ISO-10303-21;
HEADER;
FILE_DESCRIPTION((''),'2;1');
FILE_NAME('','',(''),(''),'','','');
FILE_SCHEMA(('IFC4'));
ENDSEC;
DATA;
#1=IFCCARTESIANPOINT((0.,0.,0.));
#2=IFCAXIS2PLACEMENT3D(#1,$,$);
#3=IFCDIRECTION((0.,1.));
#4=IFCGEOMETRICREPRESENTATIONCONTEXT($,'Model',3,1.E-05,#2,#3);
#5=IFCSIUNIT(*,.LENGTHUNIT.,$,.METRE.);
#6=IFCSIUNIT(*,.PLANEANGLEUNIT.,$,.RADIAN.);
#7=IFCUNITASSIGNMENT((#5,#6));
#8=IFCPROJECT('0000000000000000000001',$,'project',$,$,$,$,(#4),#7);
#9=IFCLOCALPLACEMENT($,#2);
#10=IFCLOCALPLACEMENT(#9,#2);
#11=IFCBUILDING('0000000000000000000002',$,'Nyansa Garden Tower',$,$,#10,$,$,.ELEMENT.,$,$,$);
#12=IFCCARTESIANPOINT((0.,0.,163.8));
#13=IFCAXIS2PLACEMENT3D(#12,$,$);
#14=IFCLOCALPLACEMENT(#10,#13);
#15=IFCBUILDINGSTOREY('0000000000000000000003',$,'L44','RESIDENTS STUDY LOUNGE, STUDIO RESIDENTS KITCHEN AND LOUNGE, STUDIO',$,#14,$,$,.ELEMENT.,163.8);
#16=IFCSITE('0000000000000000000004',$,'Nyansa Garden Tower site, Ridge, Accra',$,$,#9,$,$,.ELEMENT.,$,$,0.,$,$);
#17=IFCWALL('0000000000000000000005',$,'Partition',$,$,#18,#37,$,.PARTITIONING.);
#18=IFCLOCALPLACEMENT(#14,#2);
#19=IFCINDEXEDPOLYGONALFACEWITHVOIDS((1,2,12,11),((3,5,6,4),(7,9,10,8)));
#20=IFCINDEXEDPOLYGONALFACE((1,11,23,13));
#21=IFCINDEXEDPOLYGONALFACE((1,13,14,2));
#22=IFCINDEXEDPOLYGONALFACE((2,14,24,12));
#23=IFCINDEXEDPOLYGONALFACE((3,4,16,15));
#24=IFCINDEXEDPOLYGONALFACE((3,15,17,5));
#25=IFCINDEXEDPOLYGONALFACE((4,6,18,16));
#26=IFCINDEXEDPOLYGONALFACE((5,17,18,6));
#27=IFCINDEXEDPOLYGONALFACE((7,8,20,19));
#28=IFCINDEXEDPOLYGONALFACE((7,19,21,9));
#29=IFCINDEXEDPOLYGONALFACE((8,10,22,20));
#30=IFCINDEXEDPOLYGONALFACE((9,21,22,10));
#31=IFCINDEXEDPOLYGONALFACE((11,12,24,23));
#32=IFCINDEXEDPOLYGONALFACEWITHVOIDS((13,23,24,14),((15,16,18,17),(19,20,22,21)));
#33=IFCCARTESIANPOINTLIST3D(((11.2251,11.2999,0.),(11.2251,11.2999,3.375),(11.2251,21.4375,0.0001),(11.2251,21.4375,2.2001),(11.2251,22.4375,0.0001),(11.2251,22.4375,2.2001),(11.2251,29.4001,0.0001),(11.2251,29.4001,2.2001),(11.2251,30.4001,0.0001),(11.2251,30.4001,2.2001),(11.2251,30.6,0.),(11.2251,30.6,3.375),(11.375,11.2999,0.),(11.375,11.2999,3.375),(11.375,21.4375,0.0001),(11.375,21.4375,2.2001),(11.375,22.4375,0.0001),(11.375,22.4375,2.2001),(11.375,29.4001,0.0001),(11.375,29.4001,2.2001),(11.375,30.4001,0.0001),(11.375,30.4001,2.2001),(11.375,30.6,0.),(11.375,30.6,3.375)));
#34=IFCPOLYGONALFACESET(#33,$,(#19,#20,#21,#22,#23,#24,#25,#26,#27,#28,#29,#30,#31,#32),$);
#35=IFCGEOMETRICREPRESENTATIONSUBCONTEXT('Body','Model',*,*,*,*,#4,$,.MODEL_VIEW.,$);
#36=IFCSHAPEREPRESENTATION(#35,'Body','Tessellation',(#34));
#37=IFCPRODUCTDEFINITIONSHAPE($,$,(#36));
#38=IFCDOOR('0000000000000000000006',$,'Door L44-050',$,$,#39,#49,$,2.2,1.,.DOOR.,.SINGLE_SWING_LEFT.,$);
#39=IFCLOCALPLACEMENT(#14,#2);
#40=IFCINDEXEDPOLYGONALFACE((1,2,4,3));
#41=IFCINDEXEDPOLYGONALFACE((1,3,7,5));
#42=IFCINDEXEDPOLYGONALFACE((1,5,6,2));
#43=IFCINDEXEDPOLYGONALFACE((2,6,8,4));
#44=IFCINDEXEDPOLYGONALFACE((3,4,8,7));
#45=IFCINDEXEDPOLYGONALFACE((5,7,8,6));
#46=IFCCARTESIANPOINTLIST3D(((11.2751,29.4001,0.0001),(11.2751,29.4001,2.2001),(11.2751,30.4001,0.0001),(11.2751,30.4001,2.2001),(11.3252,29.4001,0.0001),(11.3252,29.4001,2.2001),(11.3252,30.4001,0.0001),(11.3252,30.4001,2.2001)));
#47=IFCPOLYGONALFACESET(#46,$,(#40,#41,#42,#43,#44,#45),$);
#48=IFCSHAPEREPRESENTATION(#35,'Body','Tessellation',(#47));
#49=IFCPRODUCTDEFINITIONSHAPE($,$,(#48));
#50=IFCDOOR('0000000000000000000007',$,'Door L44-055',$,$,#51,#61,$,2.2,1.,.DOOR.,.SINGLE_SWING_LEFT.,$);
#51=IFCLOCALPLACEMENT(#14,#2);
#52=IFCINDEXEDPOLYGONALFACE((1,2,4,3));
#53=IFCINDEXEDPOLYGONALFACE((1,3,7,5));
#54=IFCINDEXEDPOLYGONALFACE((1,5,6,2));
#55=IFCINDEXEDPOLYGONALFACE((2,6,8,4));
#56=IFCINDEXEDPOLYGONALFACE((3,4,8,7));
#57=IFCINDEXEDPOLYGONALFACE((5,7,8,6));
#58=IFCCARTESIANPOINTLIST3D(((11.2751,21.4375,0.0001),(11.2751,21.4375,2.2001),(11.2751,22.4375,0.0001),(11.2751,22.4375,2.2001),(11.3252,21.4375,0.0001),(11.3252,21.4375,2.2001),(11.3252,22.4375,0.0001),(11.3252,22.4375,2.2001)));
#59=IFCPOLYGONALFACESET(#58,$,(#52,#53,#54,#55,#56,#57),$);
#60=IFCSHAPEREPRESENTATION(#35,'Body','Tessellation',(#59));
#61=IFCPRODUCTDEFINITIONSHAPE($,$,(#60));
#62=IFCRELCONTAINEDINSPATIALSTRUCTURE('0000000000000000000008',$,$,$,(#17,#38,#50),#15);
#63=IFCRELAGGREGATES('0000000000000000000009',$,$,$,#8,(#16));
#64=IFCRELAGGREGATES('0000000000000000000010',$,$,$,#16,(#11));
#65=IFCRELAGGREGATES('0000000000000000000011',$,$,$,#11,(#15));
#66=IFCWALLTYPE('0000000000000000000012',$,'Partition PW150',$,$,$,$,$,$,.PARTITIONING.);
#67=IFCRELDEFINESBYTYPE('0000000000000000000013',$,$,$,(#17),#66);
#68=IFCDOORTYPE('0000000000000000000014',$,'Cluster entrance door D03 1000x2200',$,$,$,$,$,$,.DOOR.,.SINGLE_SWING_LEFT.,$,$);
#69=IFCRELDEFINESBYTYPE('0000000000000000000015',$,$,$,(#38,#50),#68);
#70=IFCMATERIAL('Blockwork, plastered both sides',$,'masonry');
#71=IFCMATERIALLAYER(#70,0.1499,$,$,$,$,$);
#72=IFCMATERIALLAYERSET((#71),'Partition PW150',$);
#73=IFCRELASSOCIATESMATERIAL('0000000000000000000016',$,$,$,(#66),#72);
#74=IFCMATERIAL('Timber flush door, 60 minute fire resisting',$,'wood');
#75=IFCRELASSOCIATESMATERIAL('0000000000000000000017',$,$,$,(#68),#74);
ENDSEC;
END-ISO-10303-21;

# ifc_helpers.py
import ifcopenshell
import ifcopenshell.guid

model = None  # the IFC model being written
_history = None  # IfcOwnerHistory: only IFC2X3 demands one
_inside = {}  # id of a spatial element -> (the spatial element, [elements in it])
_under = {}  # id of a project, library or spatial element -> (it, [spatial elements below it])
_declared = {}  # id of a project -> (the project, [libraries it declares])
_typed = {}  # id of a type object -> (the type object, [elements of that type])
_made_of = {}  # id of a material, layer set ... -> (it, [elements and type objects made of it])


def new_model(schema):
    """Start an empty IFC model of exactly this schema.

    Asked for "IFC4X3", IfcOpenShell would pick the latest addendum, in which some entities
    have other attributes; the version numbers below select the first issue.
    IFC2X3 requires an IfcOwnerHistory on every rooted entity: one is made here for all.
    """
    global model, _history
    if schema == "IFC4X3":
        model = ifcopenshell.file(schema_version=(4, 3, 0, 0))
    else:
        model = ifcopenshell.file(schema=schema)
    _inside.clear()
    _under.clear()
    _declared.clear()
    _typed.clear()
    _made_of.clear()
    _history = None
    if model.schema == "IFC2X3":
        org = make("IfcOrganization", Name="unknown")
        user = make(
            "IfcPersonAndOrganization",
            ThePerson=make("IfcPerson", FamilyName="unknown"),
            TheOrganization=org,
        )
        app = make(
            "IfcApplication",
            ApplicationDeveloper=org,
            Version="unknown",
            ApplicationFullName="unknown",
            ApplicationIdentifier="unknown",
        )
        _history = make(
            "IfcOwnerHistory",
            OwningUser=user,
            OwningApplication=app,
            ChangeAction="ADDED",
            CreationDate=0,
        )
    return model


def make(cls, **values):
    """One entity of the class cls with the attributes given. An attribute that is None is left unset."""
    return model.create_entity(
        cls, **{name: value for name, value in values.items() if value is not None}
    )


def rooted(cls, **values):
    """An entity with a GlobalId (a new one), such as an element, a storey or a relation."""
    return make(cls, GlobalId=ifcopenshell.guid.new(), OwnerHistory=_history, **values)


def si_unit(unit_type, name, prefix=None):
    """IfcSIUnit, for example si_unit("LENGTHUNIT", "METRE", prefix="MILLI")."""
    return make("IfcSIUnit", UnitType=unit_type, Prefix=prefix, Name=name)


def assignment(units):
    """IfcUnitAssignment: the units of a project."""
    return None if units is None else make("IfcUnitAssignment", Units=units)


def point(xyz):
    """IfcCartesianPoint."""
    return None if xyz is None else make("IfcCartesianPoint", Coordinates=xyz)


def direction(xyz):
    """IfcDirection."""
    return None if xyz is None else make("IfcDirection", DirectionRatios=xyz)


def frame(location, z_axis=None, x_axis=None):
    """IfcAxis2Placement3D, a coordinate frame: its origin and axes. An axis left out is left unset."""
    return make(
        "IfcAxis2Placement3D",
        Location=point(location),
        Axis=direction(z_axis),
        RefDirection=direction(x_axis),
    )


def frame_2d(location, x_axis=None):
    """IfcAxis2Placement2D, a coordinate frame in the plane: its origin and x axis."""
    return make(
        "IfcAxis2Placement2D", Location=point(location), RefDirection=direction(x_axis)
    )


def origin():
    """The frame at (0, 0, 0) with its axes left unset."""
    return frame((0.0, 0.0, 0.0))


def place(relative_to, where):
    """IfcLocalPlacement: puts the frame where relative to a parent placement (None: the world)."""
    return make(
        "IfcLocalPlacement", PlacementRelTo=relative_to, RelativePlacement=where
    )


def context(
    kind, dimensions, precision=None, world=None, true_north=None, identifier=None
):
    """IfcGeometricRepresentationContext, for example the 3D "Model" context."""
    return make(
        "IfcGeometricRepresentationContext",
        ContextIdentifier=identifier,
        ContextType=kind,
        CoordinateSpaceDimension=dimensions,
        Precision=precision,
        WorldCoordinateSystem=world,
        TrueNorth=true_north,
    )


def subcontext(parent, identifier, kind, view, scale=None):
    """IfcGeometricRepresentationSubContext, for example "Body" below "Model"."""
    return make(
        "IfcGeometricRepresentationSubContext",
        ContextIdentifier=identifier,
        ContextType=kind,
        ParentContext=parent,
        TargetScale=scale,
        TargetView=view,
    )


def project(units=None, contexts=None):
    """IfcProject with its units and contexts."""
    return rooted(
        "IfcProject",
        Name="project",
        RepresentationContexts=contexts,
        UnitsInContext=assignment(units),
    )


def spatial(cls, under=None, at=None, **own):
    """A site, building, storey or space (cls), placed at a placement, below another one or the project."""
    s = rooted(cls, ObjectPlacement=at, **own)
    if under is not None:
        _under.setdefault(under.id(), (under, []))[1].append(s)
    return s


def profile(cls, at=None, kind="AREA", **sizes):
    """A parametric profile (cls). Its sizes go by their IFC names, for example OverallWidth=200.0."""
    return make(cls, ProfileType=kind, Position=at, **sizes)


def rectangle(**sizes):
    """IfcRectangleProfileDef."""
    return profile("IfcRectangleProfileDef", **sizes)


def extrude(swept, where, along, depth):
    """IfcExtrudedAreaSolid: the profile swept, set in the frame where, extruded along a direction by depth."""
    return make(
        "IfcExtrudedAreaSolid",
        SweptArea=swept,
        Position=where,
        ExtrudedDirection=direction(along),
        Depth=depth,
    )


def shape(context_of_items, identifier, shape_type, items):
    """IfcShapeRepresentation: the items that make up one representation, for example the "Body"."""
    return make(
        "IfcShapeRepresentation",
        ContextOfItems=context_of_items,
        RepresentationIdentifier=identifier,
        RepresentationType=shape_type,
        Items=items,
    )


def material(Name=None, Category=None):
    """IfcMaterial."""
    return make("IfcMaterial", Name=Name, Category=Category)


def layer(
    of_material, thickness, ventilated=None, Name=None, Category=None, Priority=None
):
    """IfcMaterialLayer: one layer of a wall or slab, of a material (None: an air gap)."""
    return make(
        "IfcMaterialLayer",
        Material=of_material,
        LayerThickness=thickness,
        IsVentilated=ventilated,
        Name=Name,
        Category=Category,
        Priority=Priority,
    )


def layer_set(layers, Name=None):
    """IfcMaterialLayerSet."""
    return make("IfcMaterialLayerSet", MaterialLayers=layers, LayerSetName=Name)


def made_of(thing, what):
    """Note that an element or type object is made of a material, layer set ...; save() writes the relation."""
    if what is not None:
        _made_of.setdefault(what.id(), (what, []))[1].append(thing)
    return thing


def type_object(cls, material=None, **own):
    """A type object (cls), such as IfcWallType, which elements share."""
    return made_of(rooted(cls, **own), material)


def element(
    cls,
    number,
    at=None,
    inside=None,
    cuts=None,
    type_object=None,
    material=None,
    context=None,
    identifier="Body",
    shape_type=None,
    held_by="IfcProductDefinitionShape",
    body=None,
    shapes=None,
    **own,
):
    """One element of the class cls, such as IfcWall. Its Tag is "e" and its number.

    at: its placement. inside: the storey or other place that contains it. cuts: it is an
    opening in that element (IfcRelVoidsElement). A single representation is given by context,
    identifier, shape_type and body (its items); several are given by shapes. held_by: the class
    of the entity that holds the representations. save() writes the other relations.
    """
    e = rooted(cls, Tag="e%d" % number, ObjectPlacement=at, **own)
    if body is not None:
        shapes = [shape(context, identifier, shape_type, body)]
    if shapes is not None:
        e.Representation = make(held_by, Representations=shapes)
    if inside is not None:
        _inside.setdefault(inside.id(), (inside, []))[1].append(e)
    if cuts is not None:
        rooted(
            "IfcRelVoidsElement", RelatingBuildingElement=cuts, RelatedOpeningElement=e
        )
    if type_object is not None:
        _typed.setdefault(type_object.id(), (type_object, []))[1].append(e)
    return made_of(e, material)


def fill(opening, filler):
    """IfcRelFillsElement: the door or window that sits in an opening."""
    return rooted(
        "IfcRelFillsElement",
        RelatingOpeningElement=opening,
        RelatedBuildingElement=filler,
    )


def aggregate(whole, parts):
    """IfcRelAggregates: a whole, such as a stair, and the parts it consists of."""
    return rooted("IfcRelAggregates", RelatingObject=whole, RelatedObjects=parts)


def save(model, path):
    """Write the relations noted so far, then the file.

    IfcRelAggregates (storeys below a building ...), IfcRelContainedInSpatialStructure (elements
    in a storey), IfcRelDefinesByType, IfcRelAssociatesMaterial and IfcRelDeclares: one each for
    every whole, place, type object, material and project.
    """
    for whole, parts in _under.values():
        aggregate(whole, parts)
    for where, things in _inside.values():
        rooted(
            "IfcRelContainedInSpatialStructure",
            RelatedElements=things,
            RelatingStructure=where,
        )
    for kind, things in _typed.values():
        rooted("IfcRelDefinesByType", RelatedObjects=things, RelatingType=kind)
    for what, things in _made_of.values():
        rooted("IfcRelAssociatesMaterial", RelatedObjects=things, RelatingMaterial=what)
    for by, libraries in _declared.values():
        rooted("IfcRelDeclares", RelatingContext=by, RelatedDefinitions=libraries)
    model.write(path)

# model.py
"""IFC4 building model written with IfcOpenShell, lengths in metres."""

from ifc_helpers import new_model, si_unit, direction, frame, frame_2d, origin, place, context, subcontext, project, spatial, rectangle, extrude, material, layer, layer_set, type_object, element, fill, save


model = new_model("IFC4")

# Units and contexts
model_context = context("Model", 3, precision=1e-05, world=origin(), true_north=direction((0.0, 1.0)))
body_context = subcontext(model_context, "Body", "Model", "MODEL_VIEW")
ifc_project = project(units=[si_unit("LENGTHUNIT", "METRE"), si_unit("PLANEANGLEUNIT", "RADIAN")], contexts=[model_context])

# Site, building, storey
site_placement = place(None, origin())
site = spatial("IfcSite", under=ifc_project, at=site_placement, Name="Nyansa Garden Tower site, Ridge, Accra", CompositionType="ELEMENT", RefElevation=0.0)
building_placement = place(site_placement, origin())
building = spatial("IfcBuilding", under=site, at=building_placement, Name="Nyansa Garden Tower", CompositionType="ELEMENT")
storey_placement = place(building_placement, frame((0.0, 0.0, 163.8)))
storey = spatial("IfcBuildingStorey", under=building, at=storey_placement, Name="L44", Description="RESIDENTS STUDY LOUNGE, STUDIO RESIDENTS KITCHEN AND LOUNGE, STUDIO", CompositionType="ELEMENT", Elevation=163.8)

# Shared definitions
ifc_material_1 = material(Name="Blockwork, plastered both sides", Category="masonry")
ifc_layer = layer(ifc_material_1, 0.1499)
ifc_layer_set = layer_set([ifc_layer], Name="Partition PW150")
wall_type = type_object("IfcWallType", Name="Partition PW150", PredefinedType="PARTITIONING", material=ifc_layer_set)

# Wall, openings, doors
ifc_material_2 = material(Name="Timber flush door, 60 minute fire resisting", Category="wood")
door_type_1 = type_object("IfcDoorType", Name="Cluster entrance door D03 1000x2200", OperationType="SINGLE_SWING_LEFT", PredefinedType="DOOR", material=ifc_material_2)
wall_1_placement = place(storey_placement, frame((11.3, 11.3, 0.0), z_axis=(0.0, 0.0, 1.0), x_axis=(0.0, 1.0, 0.0)))
wall_1 = element("IfcWall", 1, at=wall_1_placement, inside=storey, type_object=wall_type, Name="Partition", PredefinedType="PARTITIONING", context=body_context, shape_type="SweptSolid", body=[
    extrude(rectangle(XDim=19.3, YDim=0.1499, at=frame_2d((9.6499, 0.0))), origin(), (0.0, 0.0, 1.0), 3.375),
])
opening_1_placement = place(wall_1_placement, frame((18.1001, 0.0, 0.0)))
opening_1 = element("IfcOpeningElement", 2, at=opening_1_placement, cuts=wall_1, PredefinedType="OPENING", context=body_context, shape_type="SweptSolid", body=[
    extrude(rectangle(XDim=1.0, YDim=2.2, at=frame_2d((0.5, 1.1001))), frame((0.0, 0.085, 0.0), z_axis=(0.0, -1.0, 0.0), x_axis=(1.0, 0.0, 0.0)), (0.0, 0.0, 1.0), 0.1699),
])
opening_2_placement = place(wall_1_placement, frame((10.1375, 0.0, 0.0)))
opening_2 = element("IfcOpeningElement", 3, at=opening_2_placement, cuts=wall_1, PredefinedType="OPENING", context=body_context, shape_type="SweptSolid", body=[
    extrude(rectangle(XDim=1.0, YDim=2.2, at=frame_2d((0.5, 1.1001))), frame((0.0, 0.085, 0.0), z_axis=(0.0, -1.0, 0.0), x_axis=(1.0, 0.0, 0.0)), (0.0, 0.0, 1.0), 0.1699),
])
door_1_placement = place(opening_1_placement, origin())
door_1 = element("IfcDoor", 4, at=door_1_placement, inside=storey, type_object=door_type_1, Name="Door L44-050", OperationType="SINGLE_SWING_LEFT", OverallHeight=2.2, OverallWidth=1.0, PredefinedType="DOOR", context=body_context, shape_type="SweptSolid", body=[
    extrude(rectangle(XDim=1.0, YDim=2.2, at=frame_2d((0.5, 1.1001))), frame((0.0, 0.0249, 0.0), z_axis=(0.0, -1.0, 0.0), x_axis=(1.0, 0.0, 0.0)), (0.0, 0.0, 1.0), 0.05),
])
fill(opening_1, door_1)
door_2_placement = place(opening_2_placement, origin())
door_2 = element("IfcDoor", 5, at=door_2_placement, inside=storey, type_object=door_type_1, Name="Door L44-055", OperationType="SINGLE_SWING_LEFT", OverallHeight=2.2, OverallWidth=1.0, PredefinedType="DOOR", context=body_context, shape_type="SweptSolid", body=[
    extrude(rectangle(XDim=1.0, YDim=2.2, at=frame_2d((0.5, 1.1001))), frame((0.0, 0.0249, 0.0), z_axis=(0.0, -1.0, 0.0), x_axis=(1.0, 0.0, 0.0)), (0.0, 0.0, 1.0), 0.05),
])
fill(opening_2, door_2)

save(model, "model.ifc")
